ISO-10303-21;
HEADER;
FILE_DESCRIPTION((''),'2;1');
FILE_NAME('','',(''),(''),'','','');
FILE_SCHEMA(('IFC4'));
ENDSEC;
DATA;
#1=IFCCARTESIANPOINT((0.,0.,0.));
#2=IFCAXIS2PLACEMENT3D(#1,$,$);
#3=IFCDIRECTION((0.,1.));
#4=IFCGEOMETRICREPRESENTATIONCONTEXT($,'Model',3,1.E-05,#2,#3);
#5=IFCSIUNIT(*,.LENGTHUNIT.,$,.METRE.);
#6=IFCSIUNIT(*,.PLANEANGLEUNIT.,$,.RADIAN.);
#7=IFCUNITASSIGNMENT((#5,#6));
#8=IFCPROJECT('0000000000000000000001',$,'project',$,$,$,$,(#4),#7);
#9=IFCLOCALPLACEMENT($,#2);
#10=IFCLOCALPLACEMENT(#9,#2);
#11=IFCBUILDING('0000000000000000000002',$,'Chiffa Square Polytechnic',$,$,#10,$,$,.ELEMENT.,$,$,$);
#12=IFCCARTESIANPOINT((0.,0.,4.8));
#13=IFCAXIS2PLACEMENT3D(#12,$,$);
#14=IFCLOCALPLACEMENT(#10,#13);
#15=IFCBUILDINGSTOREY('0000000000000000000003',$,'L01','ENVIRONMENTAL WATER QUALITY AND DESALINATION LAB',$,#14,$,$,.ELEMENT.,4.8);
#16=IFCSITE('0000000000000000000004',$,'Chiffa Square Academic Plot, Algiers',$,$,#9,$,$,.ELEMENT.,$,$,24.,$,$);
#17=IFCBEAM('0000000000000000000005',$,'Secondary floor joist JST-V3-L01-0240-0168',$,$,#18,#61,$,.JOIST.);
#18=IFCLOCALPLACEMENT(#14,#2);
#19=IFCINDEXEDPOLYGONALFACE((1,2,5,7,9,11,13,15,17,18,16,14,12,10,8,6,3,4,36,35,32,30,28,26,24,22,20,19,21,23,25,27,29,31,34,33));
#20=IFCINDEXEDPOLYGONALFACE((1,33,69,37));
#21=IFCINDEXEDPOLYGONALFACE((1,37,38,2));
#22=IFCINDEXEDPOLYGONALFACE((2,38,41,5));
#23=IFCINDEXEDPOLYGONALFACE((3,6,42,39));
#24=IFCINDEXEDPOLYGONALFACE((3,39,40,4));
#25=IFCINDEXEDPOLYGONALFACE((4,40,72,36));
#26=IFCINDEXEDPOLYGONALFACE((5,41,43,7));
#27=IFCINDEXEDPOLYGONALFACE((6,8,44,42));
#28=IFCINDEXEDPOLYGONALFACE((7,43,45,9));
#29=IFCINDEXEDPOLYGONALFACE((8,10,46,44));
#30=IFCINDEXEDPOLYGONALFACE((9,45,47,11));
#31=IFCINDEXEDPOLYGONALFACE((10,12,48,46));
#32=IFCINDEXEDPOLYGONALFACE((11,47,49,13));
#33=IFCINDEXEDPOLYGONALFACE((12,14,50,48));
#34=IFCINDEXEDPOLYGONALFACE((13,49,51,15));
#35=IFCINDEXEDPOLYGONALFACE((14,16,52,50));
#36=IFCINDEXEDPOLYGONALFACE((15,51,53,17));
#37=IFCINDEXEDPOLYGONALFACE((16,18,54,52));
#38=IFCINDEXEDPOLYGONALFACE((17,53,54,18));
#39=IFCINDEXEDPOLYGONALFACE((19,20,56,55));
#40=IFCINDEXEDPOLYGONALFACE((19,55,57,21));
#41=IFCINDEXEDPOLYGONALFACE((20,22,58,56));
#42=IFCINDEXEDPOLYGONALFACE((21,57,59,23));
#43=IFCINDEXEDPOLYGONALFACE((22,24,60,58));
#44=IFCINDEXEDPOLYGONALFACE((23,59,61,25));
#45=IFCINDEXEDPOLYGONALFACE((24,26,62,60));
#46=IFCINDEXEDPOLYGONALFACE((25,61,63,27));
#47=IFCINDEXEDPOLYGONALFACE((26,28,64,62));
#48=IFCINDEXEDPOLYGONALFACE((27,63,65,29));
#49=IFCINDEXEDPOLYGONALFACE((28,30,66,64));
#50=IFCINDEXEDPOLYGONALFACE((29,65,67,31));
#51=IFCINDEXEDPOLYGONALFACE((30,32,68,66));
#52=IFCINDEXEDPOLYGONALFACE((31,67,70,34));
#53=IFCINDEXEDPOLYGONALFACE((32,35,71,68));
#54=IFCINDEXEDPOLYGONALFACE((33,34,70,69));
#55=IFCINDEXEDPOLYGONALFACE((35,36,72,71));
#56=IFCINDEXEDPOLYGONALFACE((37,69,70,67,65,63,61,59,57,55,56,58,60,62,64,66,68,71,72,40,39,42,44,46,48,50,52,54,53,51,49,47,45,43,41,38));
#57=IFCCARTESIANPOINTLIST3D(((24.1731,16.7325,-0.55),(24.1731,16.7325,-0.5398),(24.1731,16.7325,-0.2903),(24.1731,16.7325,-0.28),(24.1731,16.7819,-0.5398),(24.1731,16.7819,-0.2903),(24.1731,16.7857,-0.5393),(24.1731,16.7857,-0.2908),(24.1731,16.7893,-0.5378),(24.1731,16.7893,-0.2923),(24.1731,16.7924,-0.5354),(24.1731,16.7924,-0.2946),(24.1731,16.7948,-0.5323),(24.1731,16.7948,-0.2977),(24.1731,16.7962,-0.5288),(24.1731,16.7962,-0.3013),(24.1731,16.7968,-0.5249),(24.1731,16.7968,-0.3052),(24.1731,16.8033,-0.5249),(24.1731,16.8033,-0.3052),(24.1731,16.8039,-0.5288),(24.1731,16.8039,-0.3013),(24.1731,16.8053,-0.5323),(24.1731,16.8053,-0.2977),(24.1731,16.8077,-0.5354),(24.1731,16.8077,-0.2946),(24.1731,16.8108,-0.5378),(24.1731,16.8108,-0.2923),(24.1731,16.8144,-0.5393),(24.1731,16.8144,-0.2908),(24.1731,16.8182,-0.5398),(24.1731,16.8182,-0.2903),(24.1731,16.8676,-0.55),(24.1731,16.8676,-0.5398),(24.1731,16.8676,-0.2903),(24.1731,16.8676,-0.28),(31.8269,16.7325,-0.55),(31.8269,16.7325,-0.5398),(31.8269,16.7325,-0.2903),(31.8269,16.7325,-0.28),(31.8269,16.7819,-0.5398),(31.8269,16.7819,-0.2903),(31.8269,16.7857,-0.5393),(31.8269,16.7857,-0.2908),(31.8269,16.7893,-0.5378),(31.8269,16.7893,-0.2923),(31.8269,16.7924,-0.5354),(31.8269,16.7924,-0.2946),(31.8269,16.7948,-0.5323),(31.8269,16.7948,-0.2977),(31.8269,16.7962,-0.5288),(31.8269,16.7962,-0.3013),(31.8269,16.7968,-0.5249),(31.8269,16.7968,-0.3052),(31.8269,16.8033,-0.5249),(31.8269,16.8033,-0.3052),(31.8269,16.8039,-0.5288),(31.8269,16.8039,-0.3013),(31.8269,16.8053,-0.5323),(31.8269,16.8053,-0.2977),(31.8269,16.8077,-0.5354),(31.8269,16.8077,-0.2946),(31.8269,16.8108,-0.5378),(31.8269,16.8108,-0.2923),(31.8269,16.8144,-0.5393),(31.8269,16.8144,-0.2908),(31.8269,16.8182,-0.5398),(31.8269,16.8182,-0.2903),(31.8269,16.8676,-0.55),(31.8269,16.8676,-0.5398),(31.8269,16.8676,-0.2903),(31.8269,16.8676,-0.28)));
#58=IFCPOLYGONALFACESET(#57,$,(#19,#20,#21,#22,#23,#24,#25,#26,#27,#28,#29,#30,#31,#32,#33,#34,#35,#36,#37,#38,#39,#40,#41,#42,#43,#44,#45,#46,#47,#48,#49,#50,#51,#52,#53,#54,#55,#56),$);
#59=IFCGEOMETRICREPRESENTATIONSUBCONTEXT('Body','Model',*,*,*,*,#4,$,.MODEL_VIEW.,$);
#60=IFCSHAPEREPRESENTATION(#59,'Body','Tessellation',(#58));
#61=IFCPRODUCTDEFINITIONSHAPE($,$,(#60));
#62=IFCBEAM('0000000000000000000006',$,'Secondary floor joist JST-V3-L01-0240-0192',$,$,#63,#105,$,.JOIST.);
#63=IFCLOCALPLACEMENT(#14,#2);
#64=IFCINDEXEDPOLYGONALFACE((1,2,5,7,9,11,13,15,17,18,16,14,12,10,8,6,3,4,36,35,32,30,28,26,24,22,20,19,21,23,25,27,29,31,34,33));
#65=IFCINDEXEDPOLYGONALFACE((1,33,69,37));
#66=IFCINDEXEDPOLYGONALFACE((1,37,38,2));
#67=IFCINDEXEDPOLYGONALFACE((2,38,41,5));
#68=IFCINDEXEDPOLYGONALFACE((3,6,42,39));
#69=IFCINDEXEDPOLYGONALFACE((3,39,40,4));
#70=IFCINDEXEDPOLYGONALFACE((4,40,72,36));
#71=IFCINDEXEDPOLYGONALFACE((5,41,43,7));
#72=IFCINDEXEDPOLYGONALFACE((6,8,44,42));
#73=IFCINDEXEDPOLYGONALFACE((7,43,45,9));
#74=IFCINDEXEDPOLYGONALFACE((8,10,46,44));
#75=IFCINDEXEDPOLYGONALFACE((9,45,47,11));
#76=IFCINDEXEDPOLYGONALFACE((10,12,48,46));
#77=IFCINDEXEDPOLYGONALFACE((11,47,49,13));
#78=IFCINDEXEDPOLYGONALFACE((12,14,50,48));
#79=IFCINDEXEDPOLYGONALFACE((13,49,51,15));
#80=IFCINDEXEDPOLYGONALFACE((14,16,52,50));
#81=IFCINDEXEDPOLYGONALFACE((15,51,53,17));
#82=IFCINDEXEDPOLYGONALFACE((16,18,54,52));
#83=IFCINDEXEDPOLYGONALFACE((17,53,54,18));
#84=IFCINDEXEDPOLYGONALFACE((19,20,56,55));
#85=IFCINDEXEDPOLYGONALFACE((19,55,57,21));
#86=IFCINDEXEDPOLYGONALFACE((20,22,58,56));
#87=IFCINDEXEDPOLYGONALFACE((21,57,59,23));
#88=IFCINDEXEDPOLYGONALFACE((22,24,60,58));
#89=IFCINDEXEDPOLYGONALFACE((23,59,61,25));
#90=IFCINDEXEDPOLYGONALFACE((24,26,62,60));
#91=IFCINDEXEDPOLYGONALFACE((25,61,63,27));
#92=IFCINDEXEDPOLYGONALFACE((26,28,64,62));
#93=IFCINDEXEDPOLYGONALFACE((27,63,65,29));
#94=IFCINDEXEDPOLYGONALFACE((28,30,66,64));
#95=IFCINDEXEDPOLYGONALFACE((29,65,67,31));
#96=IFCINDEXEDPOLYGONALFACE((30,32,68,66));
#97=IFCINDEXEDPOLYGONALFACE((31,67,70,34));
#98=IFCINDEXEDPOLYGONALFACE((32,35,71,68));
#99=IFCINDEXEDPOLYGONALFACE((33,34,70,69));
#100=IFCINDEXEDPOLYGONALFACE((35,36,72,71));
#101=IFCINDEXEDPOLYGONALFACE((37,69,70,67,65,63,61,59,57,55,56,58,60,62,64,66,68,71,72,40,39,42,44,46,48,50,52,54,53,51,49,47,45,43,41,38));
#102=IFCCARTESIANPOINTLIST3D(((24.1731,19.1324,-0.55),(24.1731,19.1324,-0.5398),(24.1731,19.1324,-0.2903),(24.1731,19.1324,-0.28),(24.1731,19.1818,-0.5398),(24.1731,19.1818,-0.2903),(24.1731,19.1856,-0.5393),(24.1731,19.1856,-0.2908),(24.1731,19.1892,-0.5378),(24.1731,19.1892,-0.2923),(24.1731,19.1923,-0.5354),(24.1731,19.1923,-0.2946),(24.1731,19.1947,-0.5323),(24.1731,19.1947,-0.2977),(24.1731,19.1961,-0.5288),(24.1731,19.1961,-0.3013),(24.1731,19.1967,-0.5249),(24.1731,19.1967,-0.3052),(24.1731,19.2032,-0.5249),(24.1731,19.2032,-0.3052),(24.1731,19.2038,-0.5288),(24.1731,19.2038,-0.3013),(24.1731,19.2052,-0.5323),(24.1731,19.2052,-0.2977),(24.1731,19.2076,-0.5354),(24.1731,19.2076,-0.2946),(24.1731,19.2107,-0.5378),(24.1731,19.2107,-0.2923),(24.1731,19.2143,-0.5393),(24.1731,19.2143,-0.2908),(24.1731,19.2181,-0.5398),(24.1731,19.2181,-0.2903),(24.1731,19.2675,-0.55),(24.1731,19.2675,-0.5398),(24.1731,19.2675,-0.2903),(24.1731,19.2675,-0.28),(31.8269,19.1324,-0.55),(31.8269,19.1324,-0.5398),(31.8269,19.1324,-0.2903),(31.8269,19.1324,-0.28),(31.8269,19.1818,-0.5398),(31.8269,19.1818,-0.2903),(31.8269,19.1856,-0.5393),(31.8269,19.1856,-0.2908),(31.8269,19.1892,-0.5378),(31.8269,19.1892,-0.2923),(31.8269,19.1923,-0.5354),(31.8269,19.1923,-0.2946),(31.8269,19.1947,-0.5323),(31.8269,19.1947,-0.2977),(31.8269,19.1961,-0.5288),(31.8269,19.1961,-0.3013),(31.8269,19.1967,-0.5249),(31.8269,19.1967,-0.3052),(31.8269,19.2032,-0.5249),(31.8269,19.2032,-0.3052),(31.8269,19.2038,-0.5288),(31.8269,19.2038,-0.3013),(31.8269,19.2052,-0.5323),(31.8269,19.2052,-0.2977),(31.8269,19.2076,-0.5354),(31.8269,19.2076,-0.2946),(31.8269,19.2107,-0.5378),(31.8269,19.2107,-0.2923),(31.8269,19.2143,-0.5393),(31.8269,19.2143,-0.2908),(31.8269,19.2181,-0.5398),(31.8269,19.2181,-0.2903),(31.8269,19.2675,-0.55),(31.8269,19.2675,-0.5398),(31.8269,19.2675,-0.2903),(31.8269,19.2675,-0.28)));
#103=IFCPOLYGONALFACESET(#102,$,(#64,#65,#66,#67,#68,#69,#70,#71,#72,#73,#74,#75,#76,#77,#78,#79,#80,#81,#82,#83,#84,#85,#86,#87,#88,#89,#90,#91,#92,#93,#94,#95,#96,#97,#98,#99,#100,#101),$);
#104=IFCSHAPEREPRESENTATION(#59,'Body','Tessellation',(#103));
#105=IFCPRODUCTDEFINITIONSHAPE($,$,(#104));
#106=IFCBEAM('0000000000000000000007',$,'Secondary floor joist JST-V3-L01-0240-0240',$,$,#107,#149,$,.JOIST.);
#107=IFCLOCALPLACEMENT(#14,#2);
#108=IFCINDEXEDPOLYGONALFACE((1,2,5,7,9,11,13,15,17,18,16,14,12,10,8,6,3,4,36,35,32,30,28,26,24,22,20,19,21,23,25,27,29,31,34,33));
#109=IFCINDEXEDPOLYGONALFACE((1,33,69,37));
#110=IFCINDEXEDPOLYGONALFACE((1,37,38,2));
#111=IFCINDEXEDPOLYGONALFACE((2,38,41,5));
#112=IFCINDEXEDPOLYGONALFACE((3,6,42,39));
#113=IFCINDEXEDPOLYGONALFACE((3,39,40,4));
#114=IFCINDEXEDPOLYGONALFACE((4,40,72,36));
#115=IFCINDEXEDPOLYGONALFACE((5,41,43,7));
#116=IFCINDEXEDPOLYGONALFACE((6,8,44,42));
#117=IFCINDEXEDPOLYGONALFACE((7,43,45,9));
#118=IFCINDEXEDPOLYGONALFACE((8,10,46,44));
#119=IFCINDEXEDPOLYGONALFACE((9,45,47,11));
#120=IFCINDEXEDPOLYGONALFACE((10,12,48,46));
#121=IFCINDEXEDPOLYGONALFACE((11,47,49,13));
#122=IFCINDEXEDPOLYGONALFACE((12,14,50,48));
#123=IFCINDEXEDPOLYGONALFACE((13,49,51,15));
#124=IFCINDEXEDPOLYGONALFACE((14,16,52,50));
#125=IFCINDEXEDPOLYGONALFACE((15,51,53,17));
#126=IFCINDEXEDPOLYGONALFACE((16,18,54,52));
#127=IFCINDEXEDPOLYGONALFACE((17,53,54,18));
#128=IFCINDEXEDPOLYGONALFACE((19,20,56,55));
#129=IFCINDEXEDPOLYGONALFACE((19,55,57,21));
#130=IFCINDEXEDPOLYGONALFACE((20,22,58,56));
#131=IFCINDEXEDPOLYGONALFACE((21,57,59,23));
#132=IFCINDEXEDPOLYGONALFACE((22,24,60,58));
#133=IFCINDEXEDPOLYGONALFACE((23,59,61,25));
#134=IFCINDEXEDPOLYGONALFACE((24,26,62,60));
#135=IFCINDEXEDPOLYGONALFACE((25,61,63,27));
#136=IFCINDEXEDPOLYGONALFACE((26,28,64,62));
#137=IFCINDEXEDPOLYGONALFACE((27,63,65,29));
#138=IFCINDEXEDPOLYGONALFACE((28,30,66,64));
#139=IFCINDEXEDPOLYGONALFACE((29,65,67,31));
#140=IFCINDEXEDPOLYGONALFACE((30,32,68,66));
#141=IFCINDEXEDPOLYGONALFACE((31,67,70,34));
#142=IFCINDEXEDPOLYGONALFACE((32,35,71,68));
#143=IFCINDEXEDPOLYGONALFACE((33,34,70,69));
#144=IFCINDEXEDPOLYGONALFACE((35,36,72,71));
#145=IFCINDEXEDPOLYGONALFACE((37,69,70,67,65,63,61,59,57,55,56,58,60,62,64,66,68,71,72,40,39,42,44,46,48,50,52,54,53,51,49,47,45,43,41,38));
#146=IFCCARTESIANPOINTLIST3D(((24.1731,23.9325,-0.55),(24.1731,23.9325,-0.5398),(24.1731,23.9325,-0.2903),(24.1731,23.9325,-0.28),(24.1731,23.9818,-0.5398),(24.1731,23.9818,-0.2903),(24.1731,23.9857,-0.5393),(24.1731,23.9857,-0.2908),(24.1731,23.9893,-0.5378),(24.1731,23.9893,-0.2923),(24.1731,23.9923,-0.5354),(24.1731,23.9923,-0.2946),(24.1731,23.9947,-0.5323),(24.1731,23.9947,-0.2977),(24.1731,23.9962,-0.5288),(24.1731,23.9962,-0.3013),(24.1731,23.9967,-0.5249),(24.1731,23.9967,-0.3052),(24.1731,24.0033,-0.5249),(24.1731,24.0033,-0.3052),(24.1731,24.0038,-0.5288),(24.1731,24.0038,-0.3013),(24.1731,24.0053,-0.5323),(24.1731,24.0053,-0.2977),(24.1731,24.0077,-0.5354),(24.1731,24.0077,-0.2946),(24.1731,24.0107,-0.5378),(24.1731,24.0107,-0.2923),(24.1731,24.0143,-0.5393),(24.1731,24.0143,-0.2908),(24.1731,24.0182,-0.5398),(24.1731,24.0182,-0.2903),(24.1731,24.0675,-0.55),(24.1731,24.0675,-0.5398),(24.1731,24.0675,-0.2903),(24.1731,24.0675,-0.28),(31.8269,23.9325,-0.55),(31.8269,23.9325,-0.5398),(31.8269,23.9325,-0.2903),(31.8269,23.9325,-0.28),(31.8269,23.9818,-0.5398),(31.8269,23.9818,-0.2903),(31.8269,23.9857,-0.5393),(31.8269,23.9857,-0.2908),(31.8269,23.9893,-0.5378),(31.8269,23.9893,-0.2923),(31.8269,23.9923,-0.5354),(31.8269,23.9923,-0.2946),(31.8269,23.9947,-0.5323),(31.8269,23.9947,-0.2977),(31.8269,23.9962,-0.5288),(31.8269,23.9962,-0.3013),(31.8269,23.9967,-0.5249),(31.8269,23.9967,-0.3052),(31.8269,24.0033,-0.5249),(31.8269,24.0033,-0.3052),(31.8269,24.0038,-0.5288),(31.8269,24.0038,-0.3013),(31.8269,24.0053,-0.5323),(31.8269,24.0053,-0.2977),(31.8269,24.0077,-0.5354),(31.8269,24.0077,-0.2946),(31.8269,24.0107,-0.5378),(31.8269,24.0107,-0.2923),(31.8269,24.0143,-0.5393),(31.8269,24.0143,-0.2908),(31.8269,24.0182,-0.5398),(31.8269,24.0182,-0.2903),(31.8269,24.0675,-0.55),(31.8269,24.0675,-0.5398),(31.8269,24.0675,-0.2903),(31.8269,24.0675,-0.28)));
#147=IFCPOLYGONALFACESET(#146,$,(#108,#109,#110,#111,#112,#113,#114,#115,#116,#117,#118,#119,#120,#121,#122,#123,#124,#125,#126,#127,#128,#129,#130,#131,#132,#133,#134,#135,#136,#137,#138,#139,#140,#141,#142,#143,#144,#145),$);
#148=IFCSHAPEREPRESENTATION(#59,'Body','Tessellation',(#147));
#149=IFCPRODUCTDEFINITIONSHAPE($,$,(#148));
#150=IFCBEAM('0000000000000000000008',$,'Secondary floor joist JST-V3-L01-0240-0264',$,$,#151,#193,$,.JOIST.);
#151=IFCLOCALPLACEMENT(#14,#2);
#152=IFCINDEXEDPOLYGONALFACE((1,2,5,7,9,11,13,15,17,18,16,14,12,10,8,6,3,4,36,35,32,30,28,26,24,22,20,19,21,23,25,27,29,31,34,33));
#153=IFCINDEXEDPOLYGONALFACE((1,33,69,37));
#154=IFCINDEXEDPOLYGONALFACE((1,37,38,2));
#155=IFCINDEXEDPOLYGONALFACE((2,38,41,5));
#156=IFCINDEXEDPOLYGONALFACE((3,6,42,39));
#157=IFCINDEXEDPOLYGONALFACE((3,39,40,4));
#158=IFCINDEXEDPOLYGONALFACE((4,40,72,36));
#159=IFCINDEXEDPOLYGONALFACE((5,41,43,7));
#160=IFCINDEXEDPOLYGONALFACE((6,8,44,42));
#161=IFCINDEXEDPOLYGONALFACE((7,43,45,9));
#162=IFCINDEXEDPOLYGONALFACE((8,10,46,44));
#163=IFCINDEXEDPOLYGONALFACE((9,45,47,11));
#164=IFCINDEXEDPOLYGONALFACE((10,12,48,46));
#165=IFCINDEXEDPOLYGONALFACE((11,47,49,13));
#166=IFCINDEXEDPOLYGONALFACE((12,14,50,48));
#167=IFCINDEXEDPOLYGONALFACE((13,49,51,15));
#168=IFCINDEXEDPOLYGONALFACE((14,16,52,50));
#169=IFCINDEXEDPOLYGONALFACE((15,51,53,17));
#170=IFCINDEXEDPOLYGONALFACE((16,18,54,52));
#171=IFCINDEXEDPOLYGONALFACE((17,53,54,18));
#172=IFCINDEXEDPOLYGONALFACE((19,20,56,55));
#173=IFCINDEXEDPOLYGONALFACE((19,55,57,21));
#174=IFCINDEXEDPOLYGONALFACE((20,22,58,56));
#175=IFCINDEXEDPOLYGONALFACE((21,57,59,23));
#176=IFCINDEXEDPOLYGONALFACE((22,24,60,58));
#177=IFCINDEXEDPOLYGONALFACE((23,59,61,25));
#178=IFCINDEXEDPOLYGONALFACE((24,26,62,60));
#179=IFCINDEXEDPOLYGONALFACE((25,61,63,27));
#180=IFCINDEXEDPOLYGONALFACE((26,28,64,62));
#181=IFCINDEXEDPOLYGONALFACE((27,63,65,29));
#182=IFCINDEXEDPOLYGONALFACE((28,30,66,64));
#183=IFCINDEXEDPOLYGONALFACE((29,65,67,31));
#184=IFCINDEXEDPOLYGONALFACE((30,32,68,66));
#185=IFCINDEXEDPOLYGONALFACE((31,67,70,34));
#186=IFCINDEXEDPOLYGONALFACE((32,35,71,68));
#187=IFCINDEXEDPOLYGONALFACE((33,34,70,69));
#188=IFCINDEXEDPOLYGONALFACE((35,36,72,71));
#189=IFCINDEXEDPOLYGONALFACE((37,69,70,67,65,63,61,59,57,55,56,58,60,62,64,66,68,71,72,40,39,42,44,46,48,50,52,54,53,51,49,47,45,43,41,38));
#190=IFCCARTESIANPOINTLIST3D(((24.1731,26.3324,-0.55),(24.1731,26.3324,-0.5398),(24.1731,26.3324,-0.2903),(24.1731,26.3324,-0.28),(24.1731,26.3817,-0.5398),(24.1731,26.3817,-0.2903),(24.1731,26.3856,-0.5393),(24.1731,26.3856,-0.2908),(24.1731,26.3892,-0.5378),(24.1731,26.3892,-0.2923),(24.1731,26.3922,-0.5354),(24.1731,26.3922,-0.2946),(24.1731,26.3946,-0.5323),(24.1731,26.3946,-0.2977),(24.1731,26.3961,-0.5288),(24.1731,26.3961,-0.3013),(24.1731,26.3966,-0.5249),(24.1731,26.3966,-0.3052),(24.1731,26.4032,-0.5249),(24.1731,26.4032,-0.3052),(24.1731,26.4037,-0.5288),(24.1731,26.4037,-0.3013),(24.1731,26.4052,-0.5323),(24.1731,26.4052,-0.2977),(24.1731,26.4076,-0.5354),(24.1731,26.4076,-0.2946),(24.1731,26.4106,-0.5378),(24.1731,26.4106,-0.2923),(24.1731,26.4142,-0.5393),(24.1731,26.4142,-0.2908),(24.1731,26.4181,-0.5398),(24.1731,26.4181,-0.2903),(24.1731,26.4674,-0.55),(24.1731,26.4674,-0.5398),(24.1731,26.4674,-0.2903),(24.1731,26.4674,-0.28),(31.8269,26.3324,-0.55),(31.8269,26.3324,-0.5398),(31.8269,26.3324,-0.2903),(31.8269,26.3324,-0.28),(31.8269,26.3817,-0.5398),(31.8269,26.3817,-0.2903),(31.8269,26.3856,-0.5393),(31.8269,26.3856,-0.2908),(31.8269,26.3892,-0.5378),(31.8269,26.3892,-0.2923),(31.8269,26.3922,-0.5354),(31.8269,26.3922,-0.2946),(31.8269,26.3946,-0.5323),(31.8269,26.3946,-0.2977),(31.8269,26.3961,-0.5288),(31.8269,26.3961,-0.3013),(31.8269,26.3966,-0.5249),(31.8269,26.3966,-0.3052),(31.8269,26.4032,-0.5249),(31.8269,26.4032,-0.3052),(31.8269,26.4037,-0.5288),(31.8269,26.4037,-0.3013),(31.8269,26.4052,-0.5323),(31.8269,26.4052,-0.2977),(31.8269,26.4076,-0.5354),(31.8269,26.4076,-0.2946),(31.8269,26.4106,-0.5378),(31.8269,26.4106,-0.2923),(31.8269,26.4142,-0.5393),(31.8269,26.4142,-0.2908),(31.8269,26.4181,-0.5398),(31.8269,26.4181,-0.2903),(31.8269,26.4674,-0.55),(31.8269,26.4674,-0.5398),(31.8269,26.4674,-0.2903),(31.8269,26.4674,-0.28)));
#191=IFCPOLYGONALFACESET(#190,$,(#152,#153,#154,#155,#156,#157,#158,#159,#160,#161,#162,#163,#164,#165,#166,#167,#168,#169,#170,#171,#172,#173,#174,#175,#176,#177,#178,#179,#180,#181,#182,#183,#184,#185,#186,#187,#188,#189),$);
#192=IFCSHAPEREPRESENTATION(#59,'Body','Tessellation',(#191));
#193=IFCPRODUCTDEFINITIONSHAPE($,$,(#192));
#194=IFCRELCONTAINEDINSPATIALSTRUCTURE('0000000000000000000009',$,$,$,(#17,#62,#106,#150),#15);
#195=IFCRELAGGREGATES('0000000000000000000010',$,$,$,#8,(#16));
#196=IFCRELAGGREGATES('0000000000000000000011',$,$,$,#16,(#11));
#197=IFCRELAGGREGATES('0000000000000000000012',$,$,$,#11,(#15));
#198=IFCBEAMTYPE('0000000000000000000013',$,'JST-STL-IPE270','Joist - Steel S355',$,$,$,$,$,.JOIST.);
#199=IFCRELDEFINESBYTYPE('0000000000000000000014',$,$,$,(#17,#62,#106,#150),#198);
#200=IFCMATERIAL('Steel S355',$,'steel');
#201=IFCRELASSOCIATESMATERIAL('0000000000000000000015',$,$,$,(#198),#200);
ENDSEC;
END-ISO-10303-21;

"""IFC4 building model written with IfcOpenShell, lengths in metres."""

from ifc_helpers import new_model, si_unit, direction, frame, origin, origin_2d, place, context, subcontext, project, spatial, i_section, extrude, material, material_profile, profile_set, type_object, element, save


model = new_model("IFC4")

# Units and contexts
model_context = context("Model", 3, precision=1e-05, world=origin(), true_north=direction((0.0, 1.0)))
body_context = subcontext(model_context, "Body", "Model", "MODEL_VIEW")
ifc_project = project(units=[si_unit("LENGTHUNIT", "METRE"), si_unit("PLANEANGLEUNIT", "RADIAN")], contexts=[model_context])

# Site, building, storey
site_placement = place(None, origin())
site = spatial("IfcSite", under=ifc_project, at=site_placement, Name="Chiffa Square Academic Plot, Algiers", CompositionType="ELEMENT", RefElevation=24.0)
building_placement = place(site_placement, origin())
building = spatial("IfcBuilding", under=site, at=building_placement, Name="Chiffa Square Polytechnic", CompositionType="ELEMENT")
storey_placement = place(building_placement, frame((0.0, 0.0, 4.8)))
storey = spatial("IfcBuildingStorey", under=building, at=storey_placement, Name="L01", Description="ENVIRONMENTAL WATER QUALITY AND DESALINATION LAB", CompositionType="ELEMENT", Elevation=4.8)

# Beams
ifc_material_1 = material(Name="Steel S355", Category="steel")
ifc_material_profile_1 = material_profile(ifc_material_1, i_section(OverallWidth=0.135, OverallDepth=0.27, WebThickness=0.0066, FlangeThickness=0.0103, FilletRadius=0.0149, at=origin_2d()), Name="IPE 270")
ifc_profile_set_1 = profile_set([ifc_material_profile_1], Name="Steel S355")
beam_type_1 = type_object("IfcBeamType", Name="JST-STL-IPE270", Description="Joist - Steel S355", PredefinedType="JOIST", material=ifc_profile_set_1)
for number, where, z_axis, x_axis, name in (
    (1, (24.1731, 16.8, -0.415), (1.0, 0.0, 0.0), (0.0, 1.0, 0.0), "Secondary floor joist JST-V3-L01-0240-0168"),
    (2, (24.1731, 19.2, -0.415), (1.0, 0.0, 0.0), (0.0, 1.0, 0.0), "Secondary floor joist JST-V3-L01-0240-0192"),
    (3, (24.1731, 24.0, -0.415), (1.0, 0.0, 0.0), (0.0, 1.0, 0.0), "Secondary floor joist JST-V3-L01-0240-0240"),
    (4, (24.1731, 26.3999, -0.415), (1.0, 0.0, 0.0), (0.0, 1.0, 0.0), "Secondary floor joist JST-V3-L01-0240-0264"),
):
    element("IfcBeam", number, at=place(storey_placement, frame(where, z_axis=z_axis, x_axis=x_axis)), inside=storey, type_object=beam_type_1, Name=name, PredefinedType="JOIST", context=body_context, shape_type="SweptSolid", body=[
        extrude(i_section(OverallWidth=0.135, OverallDepth=0.27, WebThickness=0.0066, FlangeThickness=0.0103, FilletRadius=0.0149, at=origin_2d()), origin(), (0.0, 0.0, 1.0), 7.6538),
    ])

save(model, "model.ifc")
